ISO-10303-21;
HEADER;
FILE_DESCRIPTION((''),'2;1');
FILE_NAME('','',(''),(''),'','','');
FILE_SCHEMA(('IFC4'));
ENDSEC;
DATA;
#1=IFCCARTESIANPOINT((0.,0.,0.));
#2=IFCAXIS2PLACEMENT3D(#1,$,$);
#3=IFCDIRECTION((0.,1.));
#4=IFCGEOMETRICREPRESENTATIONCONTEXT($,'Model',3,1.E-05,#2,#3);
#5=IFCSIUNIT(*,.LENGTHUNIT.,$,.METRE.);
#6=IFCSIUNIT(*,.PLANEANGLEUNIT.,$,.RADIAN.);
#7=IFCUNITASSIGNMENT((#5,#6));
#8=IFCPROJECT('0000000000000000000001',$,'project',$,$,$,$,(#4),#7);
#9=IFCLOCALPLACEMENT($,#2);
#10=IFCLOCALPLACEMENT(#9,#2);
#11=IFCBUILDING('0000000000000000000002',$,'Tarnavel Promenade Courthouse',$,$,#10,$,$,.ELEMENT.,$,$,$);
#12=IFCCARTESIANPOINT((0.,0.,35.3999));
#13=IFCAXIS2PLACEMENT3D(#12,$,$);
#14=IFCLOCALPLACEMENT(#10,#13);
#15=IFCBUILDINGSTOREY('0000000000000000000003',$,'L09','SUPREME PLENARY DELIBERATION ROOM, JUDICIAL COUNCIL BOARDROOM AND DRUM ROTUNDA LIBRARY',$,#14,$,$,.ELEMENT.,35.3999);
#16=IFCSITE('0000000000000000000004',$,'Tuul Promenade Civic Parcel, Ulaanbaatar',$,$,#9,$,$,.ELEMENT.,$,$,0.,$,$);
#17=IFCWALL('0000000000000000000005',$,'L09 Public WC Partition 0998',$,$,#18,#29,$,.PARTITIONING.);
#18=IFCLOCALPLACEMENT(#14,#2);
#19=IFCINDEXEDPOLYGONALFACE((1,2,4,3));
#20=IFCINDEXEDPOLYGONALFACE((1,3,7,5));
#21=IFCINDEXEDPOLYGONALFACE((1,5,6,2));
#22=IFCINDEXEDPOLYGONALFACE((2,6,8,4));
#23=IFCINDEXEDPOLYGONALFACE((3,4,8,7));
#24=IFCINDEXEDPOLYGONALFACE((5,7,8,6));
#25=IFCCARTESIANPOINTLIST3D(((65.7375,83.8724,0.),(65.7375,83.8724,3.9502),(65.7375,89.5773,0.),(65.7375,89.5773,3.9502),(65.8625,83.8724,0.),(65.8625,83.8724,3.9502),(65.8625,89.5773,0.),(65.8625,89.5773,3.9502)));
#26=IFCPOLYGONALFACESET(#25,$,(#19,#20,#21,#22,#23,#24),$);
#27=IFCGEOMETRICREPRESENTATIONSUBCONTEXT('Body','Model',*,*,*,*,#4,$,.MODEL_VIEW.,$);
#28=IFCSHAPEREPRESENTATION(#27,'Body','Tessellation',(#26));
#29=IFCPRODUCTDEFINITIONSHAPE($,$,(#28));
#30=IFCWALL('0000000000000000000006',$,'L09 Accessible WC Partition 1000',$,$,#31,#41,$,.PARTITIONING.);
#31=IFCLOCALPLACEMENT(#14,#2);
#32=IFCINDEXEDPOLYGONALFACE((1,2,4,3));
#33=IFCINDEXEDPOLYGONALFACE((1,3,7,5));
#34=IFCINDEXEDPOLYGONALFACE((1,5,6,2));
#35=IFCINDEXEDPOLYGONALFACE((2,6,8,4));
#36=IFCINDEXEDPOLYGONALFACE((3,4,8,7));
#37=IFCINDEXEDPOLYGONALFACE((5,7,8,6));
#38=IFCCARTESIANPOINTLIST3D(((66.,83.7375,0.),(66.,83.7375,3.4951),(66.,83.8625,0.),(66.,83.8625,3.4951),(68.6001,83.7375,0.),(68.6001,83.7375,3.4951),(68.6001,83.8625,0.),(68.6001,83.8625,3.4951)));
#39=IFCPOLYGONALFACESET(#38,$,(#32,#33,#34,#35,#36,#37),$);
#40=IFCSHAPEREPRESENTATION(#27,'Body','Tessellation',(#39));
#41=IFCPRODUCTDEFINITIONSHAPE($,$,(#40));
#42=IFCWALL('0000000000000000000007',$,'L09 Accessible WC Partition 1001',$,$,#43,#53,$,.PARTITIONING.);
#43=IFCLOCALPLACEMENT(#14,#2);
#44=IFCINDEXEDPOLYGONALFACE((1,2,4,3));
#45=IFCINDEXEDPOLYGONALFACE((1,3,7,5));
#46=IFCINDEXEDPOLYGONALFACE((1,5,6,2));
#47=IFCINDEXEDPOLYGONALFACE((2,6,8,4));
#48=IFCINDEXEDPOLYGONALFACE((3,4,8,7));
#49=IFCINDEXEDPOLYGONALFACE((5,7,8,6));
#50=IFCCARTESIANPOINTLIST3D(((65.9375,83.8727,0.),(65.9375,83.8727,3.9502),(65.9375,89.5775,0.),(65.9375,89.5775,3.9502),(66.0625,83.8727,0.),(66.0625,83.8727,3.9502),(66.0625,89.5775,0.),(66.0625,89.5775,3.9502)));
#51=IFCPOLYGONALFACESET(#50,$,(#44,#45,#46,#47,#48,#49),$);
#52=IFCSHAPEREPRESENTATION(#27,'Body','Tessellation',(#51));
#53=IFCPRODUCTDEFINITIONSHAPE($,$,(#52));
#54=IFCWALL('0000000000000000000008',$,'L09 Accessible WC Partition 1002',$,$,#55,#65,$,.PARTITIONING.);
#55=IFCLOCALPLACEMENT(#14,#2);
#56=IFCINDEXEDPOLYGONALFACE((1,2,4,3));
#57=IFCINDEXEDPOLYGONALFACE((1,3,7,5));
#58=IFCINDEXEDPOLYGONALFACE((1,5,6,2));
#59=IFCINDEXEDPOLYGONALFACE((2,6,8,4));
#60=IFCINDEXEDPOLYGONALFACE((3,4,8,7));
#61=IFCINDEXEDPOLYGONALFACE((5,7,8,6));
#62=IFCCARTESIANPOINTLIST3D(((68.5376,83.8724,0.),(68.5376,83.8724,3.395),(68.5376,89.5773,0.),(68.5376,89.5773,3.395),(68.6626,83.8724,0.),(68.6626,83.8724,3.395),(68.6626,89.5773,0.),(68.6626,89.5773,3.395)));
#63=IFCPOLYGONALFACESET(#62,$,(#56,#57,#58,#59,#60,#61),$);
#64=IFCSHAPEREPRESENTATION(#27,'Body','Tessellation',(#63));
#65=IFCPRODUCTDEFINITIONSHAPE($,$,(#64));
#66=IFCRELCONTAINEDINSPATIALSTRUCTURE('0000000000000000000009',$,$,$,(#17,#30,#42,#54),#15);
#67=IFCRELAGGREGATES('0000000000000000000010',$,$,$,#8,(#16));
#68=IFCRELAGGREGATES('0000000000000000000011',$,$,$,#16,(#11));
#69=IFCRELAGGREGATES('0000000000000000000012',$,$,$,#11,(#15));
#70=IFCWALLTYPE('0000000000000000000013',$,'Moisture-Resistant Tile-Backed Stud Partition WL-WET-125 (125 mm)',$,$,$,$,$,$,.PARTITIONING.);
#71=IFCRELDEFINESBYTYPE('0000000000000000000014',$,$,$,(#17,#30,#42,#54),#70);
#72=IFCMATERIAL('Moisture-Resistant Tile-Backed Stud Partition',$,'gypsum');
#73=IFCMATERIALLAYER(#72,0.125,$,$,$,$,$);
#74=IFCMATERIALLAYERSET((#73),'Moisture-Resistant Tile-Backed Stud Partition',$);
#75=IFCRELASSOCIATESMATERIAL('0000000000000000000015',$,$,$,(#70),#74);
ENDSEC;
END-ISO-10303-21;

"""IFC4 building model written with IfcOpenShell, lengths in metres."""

from ifc_helpers import new_model, si_unit, direction, frame, frame_2d, origin, place, context, subcontext, project, spatial, rectangle, extrude, material, layer, layer_set, type_object, element, save


model = new_model("IFC4")

# Units and contexts
model_context = context("Model", 3, precision=1e-05, world=origin(), true_north=direction((0.0, 1.0)))
body_context = subcontext(model_context, "Body", "Model", "MODEL_VIEW")
ifc_project = project(units=[si_unit("LENGTHUNIT", "METRE"), si_unit("PLANEANGLEUNIT", "RADIAN")], contexts=[model_context])

# Site, building, storey
site_placement = place(None, origin())
site = spatial("IfcSite", under=ifc_project, at=site_placement, Name="Tuul Promenade Civic Parcel, Ulaanbaatar", CompositionType="ELEMENT", RefElevation=0.0)
building_placement = place(site_placement, origin())
building = spatial("IfcBuilding", under=site, at=building_placement, Name="Tarnavel Promenade Courthouse", CompositionType="ELEMENT")
storey_placement = place(building_placement, frame((0.0, 0.0, 35.3999)))
storey = spatial("IfcBuildingStorey", under=building, at=storey_placement, Name="L09", Description="SUPREME PLENARY DELIBERATION ROOM, JUDICIAL COUNCIL BOARDROOM AND DRUM ROTUNDA LIBRARY", CompositionType="ELEMENT", Elevation=35.3999)

# Walls
ifc_material_1 = material(Name="Moisture-Resistant Tile-Backed Stud Partition", Category="gypsum")
ifc_layer_1 = layer(ifc_material_1, 0.125)
ifc_layer_set_1 = layer_set([ifc_layer_1], Name="Moisture-Resistant Tile-Backed Stud Partition")
wall_type_1 = type_object("IfcWallType", Name="Moisture-Resistant Tile-Backed Stud Partition WL-WET-125 (125 mm)", PredefinedType="PARTITIONING", material=ifc_layer_set_1)
for number, where, z_axis, x_axis, name in (
    (1, (65.8, 89.5774, 0.0), (0.0, 0.0, 1.0), (0.0, -1.0, 0.0), "L09 Public WC Partition 0998"),
):
    element("IfcWall", number, at=place(storey_placement, frame(where, z_axis=z_axis, x_axis=x_axis)), inside=storey, type_object=wall_type_1, Name=name, PredefinedType="PARTITIONING", context=body_context, shape_type="SweptSolid", body=[
        extrude(rectangle(XDim=5.7048, YDim=0.125, at=frame_2d((2.8525, 0.0))), origin(), (0.0, 0.0, 1.0), 3.9502),
    ])
wall_1_placement = place(storey_placement, frame((68.6001, 83.8, 0.0), z_axis=(0.0, 0.0, 1.0), x_axis=(-1.0, 0.0, 0.0)))
element("IfcWall", 2, at=wall_1_placement, inside=storey, type_object=wall_type_1, Name="L09 Accessible WC Partition 1000", PredefinedType="PARTITIONING", context=body_context, shape_type="SweptSolid", body=[
    extrude(rectangle(XDim=2.6001, YDim=0.125, at=frame_2d((1.3, 0.0))), origin(), (0.0, 0.0, 1.0), 3.4951),
])
wall_2_placement = place(storey_placement, frame((66.0, 83.8726, 0.0), z_axis=(0.0, 0.0, 1.0), x_axis=(0.0, 1.0, 0.0)))
element("IfcWall", 3, at=wall_2_placement, inside=storey, type_object=wall_type_1, Name="L09 Accessible WC Partition 1001", PredefinedType="PARTITIONING", context=body_context, shape_type="SweptSolid", body=[
    extrude(rectangle(XDim=5.7048, YDim=0.125, at=frame_2d((2.8525, 0.0))), origin(), (0.0, 0.0, 1.0), 3.9502),
])
wall_3_placement = place(storey_placement, frame((68.6001, 89.5774, 0.0), z_axis=(0.0, 0.0, 1.0), x_axis=(0.0, -1.0, 0.0)))
element("IfcWall", 4, at=wall_3_placement, inside=storey, type_object=wall_type_1, Name="L09 Accessible WC Partition 1002", PredefinedType="PARTITIONING", context=body_context, shape_type="SweptSolid", body=[
    extrude(rectangle(XDim=5.7048, YDim=0.125, at=frame_2d((2.8525, 0.0))), origin(), (0.0, 0.0, 1.0), 3.395),
])

save(model, "model.ifc")
